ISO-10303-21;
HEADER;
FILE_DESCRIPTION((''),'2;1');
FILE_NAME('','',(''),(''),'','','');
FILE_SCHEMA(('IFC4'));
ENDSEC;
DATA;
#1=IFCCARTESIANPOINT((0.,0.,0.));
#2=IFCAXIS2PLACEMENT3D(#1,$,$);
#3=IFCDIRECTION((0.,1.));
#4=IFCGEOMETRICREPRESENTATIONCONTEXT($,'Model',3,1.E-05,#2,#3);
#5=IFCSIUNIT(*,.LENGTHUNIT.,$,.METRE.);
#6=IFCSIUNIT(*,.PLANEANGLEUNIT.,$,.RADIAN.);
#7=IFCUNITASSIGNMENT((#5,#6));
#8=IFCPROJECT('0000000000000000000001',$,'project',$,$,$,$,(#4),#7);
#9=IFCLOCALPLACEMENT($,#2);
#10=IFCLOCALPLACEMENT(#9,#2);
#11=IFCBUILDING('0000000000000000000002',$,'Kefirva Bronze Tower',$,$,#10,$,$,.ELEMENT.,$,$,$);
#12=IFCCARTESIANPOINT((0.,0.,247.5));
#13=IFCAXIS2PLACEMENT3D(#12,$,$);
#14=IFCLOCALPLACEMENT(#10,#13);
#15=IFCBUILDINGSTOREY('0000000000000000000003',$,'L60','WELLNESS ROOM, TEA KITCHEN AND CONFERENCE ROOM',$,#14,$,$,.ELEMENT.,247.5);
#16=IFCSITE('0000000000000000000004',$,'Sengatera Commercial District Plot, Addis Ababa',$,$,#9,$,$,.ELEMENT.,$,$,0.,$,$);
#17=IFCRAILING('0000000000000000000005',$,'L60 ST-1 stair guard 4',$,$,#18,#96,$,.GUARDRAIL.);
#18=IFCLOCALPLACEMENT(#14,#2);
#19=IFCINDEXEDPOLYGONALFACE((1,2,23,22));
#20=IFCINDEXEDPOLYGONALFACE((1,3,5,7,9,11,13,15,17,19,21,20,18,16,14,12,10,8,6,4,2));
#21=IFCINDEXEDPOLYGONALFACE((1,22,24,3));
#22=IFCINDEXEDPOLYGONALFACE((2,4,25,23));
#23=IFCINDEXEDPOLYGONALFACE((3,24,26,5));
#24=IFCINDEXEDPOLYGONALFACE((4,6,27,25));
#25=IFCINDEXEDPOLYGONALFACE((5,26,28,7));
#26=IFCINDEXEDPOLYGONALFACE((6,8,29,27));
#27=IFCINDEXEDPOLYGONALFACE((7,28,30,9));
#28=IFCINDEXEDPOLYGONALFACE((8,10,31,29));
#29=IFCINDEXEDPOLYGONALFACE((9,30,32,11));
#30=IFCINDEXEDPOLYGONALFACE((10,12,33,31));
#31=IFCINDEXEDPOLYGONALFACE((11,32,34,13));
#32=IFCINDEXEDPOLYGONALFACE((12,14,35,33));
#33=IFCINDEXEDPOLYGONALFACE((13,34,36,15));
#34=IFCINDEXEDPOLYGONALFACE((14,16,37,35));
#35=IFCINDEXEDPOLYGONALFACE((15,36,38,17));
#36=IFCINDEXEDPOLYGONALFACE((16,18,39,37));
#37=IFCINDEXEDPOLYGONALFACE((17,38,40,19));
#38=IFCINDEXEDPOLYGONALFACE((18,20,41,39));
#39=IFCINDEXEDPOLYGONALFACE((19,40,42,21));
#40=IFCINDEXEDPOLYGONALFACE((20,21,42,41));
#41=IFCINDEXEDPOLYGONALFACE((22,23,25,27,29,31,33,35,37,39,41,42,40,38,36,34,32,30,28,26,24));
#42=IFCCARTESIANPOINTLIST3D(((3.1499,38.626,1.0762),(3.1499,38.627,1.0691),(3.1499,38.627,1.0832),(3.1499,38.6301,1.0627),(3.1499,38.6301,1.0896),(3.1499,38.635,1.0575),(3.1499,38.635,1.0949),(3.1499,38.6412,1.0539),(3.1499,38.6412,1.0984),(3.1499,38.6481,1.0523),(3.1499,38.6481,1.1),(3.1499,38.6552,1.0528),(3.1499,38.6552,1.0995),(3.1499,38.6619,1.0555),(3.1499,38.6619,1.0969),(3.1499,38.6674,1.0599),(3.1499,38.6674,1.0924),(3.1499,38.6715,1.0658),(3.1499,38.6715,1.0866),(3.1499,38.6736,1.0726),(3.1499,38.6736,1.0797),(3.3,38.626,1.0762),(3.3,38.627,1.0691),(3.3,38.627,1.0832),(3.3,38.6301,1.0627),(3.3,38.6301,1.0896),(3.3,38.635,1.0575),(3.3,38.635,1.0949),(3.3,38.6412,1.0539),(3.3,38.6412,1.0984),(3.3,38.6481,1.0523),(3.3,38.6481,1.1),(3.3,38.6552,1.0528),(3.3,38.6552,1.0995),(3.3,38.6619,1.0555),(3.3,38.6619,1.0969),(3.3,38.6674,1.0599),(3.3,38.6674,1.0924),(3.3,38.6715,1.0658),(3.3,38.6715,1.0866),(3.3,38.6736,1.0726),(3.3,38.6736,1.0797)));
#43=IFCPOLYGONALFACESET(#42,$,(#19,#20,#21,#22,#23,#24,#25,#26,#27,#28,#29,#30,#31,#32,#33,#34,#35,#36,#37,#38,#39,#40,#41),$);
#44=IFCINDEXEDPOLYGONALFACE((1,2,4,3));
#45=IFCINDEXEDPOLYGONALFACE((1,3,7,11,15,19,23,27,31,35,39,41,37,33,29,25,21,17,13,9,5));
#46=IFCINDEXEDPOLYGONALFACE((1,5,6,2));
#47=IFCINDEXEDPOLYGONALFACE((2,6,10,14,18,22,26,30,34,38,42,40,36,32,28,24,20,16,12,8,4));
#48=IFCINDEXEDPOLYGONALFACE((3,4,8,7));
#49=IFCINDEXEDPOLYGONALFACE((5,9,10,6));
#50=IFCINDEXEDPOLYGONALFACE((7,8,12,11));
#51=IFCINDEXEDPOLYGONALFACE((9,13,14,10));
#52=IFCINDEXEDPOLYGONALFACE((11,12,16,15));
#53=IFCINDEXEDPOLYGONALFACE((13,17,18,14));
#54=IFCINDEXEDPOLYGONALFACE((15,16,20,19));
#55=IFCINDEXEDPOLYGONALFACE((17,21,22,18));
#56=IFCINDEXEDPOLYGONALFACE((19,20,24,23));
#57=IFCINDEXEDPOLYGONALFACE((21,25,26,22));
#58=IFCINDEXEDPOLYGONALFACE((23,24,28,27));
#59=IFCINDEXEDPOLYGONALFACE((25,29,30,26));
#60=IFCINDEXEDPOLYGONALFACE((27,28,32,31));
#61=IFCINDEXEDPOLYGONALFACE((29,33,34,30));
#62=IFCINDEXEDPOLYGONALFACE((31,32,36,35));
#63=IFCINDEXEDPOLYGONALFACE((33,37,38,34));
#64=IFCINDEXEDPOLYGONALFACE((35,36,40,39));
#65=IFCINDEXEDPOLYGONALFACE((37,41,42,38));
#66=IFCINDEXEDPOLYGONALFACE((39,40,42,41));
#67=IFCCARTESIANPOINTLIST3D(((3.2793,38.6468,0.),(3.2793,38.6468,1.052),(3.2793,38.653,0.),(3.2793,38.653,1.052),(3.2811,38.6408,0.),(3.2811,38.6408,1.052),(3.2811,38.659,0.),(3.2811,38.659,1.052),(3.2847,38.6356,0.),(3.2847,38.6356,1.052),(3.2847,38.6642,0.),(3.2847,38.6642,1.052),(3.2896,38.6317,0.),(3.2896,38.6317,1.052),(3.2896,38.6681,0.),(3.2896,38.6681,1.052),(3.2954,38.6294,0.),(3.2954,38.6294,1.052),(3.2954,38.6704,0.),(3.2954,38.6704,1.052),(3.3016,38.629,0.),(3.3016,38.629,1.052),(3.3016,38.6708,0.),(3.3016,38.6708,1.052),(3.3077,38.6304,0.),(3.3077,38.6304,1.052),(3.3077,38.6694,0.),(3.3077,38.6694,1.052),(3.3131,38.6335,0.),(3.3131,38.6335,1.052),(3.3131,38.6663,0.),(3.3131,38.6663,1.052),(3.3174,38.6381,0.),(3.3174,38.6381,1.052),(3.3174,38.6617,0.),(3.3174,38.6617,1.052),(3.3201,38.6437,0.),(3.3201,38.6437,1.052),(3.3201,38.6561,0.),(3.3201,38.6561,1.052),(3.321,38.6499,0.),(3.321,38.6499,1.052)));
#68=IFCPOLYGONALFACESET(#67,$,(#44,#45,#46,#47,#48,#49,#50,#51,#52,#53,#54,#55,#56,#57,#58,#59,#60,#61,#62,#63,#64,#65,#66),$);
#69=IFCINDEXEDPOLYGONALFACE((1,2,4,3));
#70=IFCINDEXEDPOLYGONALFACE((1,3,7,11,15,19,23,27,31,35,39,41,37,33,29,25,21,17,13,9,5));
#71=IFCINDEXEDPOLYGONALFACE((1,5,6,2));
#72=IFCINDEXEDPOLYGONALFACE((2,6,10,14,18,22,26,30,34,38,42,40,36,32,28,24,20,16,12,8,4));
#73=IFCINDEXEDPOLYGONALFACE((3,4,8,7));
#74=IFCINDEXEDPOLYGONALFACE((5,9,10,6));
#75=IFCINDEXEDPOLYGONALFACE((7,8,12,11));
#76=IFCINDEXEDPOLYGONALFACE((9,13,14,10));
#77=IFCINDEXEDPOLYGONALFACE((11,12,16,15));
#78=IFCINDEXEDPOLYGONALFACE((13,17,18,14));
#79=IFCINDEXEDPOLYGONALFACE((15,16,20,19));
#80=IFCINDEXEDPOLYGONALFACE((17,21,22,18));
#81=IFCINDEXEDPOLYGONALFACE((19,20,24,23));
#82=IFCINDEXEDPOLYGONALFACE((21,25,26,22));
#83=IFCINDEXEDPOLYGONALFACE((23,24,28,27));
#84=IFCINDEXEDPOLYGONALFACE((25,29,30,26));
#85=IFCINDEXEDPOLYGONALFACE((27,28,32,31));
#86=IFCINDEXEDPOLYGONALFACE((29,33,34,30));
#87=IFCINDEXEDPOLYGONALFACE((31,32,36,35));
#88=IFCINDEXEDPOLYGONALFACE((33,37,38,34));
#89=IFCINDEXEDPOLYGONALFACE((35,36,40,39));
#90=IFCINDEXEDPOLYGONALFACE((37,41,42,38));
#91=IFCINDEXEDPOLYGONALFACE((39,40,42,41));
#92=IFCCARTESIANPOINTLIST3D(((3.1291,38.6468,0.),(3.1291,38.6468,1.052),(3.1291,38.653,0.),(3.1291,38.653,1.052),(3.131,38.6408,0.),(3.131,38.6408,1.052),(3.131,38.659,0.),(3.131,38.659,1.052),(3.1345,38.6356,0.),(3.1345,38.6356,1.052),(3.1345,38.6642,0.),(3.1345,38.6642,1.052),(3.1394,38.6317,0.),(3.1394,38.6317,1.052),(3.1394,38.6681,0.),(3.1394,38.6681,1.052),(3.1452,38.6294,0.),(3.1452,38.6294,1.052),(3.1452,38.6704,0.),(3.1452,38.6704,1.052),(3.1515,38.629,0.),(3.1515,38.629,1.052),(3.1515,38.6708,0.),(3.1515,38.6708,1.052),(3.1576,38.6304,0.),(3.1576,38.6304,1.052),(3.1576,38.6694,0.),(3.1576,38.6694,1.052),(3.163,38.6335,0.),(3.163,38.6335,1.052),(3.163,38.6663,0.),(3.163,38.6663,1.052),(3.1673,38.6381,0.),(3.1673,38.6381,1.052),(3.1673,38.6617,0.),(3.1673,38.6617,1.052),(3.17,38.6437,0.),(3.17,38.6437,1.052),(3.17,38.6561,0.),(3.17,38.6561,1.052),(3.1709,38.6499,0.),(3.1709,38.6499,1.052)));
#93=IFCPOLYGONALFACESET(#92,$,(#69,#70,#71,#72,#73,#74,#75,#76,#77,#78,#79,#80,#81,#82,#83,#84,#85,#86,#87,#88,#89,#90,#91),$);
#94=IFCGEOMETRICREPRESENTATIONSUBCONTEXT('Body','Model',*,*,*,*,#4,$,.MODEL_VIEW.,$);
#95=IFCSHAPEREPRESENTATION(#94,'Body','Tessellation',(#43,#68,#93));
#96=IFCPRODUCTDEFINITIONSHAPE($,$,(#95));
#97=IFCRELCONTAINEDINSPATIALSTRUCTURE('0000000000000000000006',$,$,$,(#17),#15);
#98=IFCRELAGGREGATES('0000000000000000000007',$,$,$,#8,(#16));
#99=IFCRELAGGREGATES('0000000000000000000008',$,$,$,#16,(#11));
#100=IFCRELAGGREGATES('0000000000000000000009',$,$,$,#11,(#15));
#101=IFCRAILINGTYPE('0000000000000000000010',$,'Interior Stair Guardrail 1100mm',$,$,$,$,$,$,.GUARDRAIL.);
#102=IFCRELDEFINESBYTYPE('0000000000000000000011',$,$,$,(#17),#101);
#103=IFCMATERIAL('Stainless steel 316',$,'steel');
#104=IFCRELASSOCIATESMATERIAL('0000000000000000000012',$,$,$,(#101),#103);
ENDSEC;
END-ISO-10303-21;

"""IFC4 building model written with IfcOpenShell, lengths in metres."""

from ifc_helpers import new_model, si_unit, direction, frame, origin, origin_2d, place, context, subcontext, project, spatial, circle, extrude, material, type_object, element, save


model = new_model("IFC4")

# Units and contexts
model_context = context("Model", 3, precision=1e-05, world=origin(), true_north=direction((0.0, 1.0)))
body_context = subcontext(model_context, "Body", "Model", "MODEL_VIEW")
ifc_project = project(units=[si_unit("LENGTHUNIT", "METRE"), si_unit("PLANEANGLEUNIT", "RADIAN")], contexts=[model_context])

# Site, building, storey
site_placement = place(None, origin())
site = spatial("IfcSite", under=ifc_project, at=site_placement, Name="Sengatera Commercial District Plot, Addis Ababa", CompositionType="ELEMENT", RefElevation=0.0)
building_placement = place(site_placement, origin())
building = spatial("IfcBuilding", under=site, at=building_placement, Name="Kefirva Bronze Tower", CompositionType="ELEMENT")
storey_placement = place(building_placement, frame((0.0, 0.0, 247.5)))
storey = spatial("IfcBuildingStorey", under=building, at=storey_placement, Name="L60", Description="WELLNESS ROOM, TEA KITCHEN AND CONFERENCE ROOM", CompositionType="ELEMENT", Elevation=247.5)

# Railing
ifc_material_1 = material(Name="Stainless steel 316", Category="steel")
railing_type_1 = type_object("IfcRailingType", Name="Interior Stair Guardrail 1100mm", PredefinedType="GUARDRAIL", material=ifc_material_1)
railing_1_placement = place(storey_placement, frame((3.3, 38.6499, 0.0)))
element("IfcRailing", 1, at=railing_1_placement, inside=storey, type_object=railing_type_1, Name="L60 ST-1 stair guard 4", PredefinedType="GUARDRAIL", context=body_context, shape_type="SweptSolid", body=[
    extrude(circle(Radius=0.0239, at=origin_2d()), frame((0.0, 0.0, 1.0762), z_axis=(-1.0, 0.0, 0.0), x_axis=(0.0, -1.0, 0.0)), (0.0, 0.0, 1.0), 0.1501),
    extrude(circle(Radius=0.021, at=origin_2d()), origin(), (0.0, 0.0, 1.0), 1.052),
    extrude(circle(Radius=0.021, at=origin_2d()), frame((-0.1501, 0.0, 0.0)), (0.0, 0.0, 1.0), 1.052),
])

save(model, "model.ifc")
